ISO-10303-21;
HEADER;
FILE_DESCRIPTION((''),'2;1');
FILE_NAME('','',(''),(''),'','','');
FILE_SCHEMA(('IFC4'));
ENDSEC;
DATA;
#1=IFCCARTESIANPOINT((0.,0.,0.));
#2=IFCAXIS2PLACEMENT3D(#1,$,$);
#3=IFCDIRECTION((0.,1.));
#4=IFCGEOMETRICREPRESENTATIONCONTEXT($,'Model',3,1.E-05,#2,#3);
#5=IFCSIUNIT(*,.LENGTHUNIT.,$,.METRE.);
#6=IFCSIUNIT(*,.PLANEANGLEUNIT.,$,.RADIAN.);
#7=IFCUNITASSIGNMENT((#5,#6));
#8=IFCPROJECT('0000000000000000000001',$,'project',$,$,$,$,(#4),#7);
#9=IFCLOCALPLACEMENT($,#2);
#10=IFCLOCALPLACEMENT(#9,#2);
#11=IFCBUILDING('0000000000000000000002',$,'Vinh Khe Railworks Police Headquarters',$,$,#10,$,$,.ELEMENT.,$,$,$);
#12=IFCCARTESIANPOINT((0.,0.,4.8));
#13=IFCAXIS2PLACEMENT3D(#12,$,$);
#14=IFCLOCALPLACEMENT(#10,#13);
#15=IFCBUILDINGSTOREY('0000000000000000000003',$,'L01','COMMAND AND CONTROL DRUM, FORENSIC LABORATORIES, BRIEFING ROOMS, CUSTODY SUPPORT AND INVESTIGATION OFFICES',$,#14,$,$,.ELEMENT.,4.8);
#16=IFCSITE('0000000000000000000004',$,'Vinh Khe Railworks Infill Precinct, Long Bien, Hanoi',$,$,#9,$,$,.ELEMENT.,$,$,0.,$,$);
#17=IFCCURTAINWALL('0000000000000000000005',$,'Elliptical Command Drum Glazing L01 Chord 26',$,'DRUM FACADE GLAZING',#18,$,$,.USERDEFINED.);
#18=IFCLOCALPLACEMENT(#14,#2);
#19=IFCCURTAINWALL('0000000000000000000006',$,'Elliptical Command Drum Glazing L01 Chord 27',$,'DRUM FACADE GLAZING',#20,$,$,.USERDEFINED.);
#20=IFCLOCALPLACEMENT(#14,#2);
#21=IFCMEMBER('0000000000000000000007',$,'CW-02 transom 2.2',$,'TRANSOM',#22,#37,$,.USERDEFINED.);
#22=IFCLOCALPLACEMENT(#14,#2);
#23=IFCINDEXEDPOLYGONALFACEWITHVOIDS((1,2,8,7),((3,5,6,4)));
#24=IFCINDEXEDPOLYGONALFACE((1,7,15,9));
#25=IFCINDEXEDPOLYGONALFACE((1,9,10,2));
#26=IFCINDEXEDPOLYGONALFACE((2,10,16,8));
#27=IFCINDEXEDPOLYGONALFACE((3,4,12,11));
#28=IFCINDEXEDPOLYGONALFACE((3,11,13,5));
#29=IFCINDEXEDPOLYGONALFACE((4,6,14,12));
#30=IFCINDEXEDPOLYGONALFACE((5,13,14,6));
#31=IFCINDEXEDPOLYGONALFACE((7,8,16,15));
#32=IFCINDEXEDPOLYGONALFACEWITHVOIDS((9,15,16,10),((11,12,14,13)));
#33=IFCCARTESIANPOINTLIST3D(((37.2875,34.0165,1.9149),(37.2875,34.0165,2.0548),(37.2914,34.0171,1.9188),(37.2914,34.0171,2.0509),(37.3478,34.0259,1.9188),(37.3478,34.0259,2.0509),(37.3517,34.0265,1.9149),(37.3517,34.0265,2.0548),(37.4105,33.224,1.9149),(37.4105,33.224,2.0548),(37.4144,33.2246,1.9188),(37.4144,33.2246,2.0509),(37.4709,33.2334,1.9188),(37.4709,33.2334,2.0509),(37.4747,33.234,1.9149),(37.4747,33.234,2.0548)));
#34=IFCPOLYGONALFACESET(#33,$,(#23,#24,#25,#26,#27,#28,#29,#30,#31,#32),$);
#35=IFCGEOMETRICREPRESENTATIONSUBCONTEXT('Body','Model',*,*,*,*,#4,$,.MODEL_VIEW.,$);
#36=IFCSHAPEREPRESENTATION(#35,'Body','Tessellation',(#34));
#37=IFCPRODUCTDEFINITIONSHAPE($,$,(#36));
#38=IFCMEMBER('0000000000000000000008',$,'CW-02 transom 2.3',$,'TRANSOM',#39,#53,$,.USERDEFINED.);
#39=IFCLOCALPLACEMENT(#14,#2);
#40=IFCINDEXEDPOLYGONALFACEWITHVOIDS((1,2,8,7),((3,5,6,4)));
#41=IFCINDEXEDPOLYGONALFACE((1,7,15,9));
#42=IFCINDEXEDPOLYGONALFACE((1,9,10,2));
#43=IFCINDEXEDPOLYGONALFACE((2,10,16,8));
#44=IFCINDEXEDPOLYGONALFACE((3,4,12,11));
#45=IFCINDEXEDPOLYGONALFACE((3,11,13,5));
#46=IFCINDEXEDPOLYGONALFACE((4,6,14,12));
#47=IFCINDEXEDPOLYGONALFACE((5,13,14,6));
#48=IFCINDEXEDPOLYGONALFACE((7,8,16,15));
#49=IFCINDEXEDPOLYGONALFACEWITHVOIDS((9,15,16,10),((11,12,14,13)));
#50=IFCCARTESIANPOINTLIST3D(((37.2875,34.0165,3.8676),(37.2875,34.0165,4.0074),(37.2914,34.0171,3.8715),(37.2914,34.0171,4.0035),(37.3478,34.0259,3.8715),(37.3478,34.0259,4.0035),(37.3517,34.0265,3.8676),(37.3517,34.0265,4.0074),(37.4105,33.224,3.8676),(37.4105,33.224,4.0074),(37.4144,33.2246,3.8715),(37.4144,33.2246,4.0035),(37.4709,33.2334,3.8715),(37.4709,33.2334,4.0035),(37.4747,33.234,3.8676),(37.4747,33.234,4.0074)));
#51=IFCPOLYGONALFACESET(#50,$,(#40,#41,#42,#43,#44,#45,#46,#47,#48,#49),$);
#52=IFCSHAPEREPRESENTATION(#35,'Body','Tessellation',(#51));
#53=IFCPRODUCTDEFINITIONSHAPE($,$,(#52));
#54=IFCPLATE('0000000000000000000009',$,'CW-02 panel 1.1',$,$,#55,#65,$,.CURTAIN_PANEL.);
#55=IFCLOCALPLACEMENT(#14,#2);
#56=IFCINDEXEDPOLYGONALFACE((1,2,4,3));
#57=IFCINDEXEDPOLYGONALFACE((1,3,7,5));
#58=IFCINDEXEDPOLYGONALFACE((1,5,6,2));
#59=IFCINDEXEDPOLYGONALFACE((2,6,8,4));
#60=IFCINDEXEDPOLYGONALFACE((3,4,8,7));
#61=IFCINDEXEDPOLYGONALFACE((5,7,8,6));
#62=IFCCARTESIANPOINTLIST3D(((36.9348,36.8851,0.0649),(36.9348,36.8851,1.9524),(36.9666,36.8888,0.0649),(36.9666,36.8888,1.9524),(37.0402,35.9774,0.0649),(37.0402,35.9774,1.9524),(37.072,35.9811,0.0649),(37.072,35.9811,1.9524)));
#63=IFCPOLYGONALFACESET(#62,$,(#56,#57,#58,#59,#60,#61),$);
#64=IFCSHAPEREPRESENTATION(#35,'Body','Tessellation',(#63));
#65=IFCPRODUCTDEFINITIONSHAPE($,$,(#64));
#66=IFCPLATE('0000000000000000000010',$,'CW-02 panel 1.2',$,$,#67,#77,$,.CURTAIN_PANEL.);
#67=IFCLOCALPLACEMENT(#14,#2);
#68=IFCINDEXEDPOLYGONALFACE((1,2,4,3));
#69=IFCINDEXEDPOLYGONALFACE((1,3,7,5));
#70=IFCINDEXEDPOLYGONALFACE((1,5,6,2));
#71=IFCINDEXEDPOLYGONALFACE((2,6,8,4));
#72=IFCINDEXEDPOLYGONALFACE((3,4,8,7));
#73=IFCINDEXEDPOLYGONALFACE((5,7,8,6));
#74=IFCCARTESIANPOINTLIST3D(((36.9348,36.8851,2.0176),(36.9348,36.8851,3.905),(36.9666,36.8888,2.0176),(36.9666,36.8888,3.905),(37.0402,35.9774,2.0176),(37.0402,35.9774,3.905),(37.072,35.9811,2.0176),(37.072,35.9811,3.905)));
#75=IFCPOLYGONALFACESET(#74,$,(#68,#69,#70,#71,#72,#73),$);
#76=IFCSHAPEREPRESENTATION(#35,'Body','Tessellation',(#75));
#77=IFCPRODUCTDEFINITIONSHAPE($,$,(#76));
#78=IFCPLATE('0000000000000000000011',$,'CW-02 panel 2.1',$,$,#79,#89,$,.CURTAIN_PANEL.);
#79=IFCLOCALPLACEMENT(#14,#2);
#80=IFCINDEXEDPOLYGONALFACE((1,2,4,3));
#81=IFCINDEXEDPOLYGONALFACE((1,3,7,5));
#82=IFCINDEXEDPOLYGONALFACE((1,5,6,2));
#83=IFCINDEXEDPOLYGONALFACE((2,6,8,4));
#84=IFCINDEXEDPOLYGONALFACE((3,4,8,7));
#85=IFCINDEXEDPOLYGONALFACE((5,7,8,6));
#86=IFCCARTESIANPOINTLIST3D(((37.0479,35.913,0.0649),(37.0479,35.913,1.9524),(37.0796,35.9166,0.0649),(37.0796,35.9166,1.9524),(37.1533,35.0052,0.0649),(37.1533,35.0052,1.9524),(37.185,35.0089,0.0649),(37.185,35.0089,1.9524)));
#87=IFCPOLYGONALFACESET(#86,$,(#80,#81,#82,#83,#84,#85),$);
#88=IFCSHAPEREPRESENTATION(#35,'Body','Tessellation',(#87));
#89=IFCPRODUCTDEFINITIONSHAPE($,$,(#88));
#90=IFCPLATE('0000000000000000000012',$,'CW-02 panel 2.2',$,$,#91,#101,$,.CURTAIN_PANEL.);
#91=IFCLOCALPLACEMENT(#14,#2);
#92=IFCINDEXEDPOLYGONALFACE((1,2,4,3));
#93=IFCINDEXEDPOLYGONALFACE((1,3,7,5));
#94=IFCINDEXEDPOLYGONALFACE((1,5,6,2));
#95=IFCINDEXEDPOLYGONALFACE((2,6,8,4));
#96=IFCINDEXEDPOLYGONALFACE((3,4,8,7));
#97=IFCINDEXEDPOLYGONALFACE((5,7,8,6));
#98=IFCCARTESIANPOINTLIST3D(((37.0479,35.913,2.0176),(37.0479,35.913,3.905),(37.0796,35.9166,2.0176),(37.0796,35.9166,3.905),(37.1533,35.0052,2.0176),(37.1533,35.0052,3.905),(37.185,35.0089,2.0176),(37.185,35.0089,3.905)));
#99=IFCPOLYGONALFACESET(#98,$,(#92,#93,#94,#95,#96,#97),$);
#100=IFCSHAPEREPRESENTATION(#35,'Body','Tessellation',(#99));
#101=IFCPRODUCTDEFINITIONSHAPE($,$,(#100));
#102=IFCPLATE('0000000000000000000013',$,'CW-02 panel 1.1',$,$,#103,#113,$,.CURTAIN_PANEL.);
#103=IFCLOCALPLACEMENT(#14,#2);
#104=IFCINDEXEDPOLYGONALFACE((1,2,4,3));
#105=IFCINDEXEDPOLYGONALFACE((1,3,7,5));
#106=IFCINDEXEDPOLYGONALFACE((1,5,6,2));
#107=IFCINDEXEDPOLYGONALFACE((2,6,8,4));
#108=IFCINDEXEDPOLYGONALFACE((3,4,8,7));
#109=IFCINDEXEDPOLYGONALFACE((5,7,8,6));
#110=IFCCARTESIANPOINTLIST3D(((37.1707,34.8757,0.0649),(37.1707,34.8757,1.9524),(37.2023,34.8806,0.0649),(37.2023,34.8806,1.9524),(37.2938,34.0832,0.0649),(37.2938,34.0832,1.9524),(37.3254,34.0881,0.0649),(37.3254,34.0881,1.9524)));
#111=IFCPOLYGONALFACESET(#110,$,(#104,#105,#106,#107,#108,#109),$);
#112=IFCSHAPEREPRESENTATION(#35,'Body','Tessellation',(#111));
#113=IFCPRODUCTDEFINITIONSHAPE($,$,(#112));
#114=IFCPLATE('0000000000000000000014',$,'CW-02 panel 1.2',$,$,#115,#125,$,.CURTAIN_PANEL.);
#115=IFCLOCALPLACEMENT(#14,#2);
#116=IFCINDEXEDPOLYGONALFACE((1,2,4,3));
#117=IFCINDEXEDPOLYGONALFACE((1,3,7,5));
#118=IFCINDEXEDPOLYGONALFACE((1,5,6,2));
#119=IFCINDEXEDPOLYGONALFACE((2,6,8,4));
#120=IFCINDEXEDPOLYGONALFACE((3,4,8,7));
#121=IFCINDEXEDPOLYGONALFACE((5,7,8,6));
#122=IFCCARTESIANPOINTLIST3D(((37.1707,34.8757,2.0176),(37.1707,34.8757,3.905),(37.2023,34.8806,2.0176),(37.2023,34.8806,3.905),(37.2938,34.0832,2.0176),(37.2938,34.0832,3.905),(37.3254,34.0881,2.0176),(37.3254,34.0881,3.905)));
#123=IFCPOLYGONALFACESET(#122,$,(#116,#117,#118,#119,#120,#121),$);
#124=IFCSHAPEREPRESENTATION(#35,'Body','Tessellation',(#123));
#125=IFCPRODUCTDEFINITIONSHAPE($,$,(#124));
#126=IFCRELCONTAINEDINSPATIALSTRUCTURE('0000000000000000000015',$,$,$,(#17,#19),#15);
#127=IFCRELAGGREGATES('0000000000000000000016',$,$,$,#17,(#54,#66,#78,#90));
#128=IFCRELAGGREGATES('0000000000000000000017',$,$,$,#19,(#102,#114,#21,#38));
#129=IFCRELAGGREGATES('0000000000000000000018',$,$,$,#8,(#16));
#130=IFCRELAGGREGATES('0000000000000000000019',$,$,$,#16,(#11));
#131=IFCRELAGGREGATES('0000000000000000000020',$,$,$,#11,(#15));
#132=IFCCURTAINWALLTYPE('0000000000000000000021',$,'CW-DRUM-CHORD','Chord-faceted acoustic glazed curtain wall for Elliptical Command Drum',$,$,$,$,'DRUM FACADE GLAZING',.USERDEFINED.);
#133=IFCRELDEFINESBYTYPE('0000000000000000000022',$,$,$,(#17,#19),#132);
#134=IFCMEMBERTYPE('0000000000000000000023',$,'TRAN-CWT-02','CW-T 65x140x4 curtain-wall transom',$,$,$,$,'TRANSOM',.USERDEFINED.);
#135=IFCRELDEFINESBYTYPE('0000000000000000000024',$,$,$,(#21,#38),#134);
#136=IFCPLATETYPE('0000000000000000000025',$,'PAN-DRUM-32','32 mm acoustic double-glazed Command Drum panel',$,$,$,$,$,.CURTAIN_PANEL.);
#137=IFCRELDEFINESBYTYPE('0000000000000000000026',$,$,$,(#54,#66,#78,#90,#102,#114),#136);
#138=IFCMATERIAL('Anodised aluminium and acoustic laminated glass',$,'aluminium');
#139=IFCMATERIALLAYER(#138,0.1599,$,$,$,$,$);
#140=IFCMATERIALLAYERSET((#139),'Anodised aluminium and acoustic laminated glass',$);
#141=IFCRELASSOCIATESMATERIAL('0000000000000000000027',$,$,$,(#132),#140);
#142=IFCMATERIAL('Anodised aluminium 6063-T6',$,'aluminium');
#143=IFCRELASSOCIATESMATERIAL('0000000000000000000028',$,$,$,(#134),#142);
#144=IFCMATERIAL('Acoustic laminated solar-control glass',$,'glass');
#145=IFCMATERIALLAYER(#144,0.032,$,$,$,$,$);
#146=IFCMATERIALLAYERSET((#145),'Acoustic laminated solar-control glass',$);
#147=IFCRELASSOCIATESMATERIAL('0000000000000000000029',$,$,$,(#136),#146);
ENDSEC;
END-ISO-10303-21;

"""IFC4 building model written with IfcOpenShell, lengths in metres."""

from ifc_helpers import new_model, si_unit, direction, frame, origin, origin_2d, place, context, subcontext, project, spatial, rectangle, hollow_rectangle, extrude, material, layer, layer_set, material_profile, profile_set, type_object, element, aggregate, save


model = new_model("IFC4")

# Units and contexts
model_context = context("Model", 3, precision=1e-05, world=origin(), true_north=direction((0.0, 1.0)))
body_context = subcontext(model_context, "Body", "Model", "MODEL_VIEW")
ifc_project = project(units=[si_unit("LENGTHUNIT", "METRE"), si_unit("PLANEANGLEUNIT", "RADIAN")], contexts=[model_context])

# Site, building, storey
site_placement = place(None, origin())
site = spatial("IfcSite", under=ifc_project, at=site_placement, Name="Vinh Khe Railworks Infill Precinct, Long Bien, Hanoi", CompositionType="ELEMENT", RefElevation=0.0)
building_placement = place(site_placement, origin())
building = spatial("IfcBuilding", under=site, at=building_placement, Name="Vinh Khe Railworks Police Headquarters", CompositionType="ELEMENT")
storey_placement = place(building_placement, frame((0.0, 0.0, 4.8)))
storey = spatial("IfcBuildingStorey", under=building, at=storey_placement, Name="L01", Description="COMMAND AND CONTROL DRUM, FORENSIC LABORATORIES, BRIEFING ROOMS, CUSTODY SUPPORT AND INVESTIGATION OFFICES", CompositionType="ELEMENT", Elevation=4.8)

# Curtain walls
ifc_material_1 = material(Name="Anodised aluminium and acoustic laminated glass", Category="aluminium")
ifc_layer_1 = layer(ifc_material_1, 0.1599)
ifc_layer_set_1 = layer_set([ifc_layer_1], Name="Anodised aluminium and acoustic laminated glass")
curtain_wall_type = type_object("IfcCurtainWallType", Name="CW-DRUM-CHORD", Description="Chord-faceted acoustic glazed curtain wall for Elliptical Command Drum", ElementType="DRUM FACADE GLAZING", PredefinedType="USERDEFINED", material=ifc_layer_set_1)
curtain_wall_1_placement = place(storey_placement, origin())
curtain_wall_1 = element("IfcCurtainWall", 1, at=curtain_wall_1_placement, inside=storey, type_object=curtain_wall_type, Name="Elliptical Command Drum Glazing L01 Chord 26", ObjectType="DRUM FACADE GLAZING", PredefinedType="USERDEFINED")
ifc_material_2 = material(Name="Anodised aluminium 6063-T6", Category="aluminium")
curtain_wall_2_placement = place(storey_placement, origin())
curtain_wall_2 = element("IfcCurtainWall", 2, at=curtain_wall_2_placement, inside=storey, type_object=curtain_wall_type, Name="Elliptical Command Drum Glazing L01 Chord 27", ObjectType="DRUM FACADE GLAZING", PredefinedType="USERDEFINED")

# Members
ifc_material_profile_1 = material_profile(ifc_material_2, hollow_rectangle(XDim=0.0649, YDim=0.1399, WallThickness=0.0039, at=origin_2d()), Name="CW-T 65x140x4")
ifc_profile_set_1 = profile_set([ifc_material_profile_1], Name="Anodised aluminium 6063-T6")
member_type_1 = type_object("IfcMemberType", Name="TRAN-CWT-02", Description="CW-T 65x140x4 curtain-wall transom", ElementType="TRANSOM", PredefinedType="USERDEFINED", material=ifc_profile_set_1)
member_1_placement = place(storey_placement, frame((37.3196, 34.0215, 1.9849), z_axis=(0.15343, -0.98816, 0.0), x_axis=(0.98816, 0.15343, 0.0)))
member_1 = element("IfcMember", 3, at=member_1_placement, type_object=member_type_1, Name="CW-02 transom 2.2", ObjectType="TRANSOM", PredefinedType="USERDEFINED", context=body_context, shape_type="SweptSolid", body=[
    extrude(hollow_rectangle(XDim=0.0649, YDim=0.1399, WallThickness=0.0039, at=origin_2d()), origin(), (0.0, 0.0, 1.0), 0.802),
])
member_2_placement = place(storey_placement, frame((37.3196, 34.0215, 3.9375), z_axis=(0.15343, -0.98816, 0.0), x_axis=(0.98816, 0.15343, 0.0)))
member_2 = element("IfcMember", 4, at=member_2_placement, type_object=member_type_1, Name="CW-02 transom 2.3", ObjectType="TRANSOM", PredefinedType="USERDEFINED", context=body_context, shape_type="SweptSolid", body=[
    extrude(hollow_rectangle(XDim=0.0649, YDim=0.1399, WallThickness=0.0039, at=origin_2d()), origin(), (0.0, 0.0, 1.0), 0.802),
])

# Plates
ifc_material_3 = material(Name="Acoustic laminated solar-control glass", Category="glass")
ifc_layer_2 = layer(ifc_material_3, 0.032)
ifc_layer_set_2 = layer_set([ifc_layer_2], Name="Acoustic laminated solar-control glass")
plate_type = type_object("IfcPlateType", Name="PAN-DRUM-32", Description="32 mm acoustic double-glazed Command Drum panel", PredefinedType="CURTAIN_PANEL", material=ifc_layer_set_2)
plate_1_placement = place(storey_placement, frame((37.0034, 36.4331, 0.0649), z_axis=(0.0, 0.0, 1.0), x_axis=(0.115318, -0.993329, 0.0)))
plate_1 = element("IfcPlate", 5, at=plate_1_placement, type_object=plate_type, Name="CW-02 panel 1.1", PredefinedType="CURTAIN_PANEL", context=body_context, shape_type="SweptSolid", body=[
    extrude(rectangle(XDim=0.9138, YDim=0.032, at=origin_2d()), origin(), (0.0, 0.0, 1.0), 1.8875),
])
plate_2_placement = place(storey_placement, frame((37.0034, 36.4331, 2.0176), z_axis=(0.0, 0.0, 1.0), x_axis=(0.115318, -0.993329, 0.0)))
plate_2 = element("IfcPlate", 6, at=plate_2_placement, type_object=plate_type, Name="CW-02 panel 1.2", PredefinedType="CURTAIN_PANEL", context=body_context, shape_type="SweptSolid", body=[
    extrude(rectangle(XDim=0.9138, YDim=0.032, at=origin_2d()), origin(), (0.0, 0.0, 1.0), 1.8875),
])
plate_3_placement = place(storey_placement, frame((37.1165, 35.4609, 0.0649), z_axis=(0.0, 0.0, 1.0), x_axis=(0.115318, -0.993329, 0.0)))
plate_3 = element("IfcPlate", 7, at=plate_3_placement, type_object=plate_type, Name="CW-02 panel 2.1", PredefinedType="CURTAIN_PANEL", context=body_context, shape_type="SweptSolid", body=[
    extrude(rectangle(XDim=0.9138, YDim=0.032, at=origin_2d()), origin(), (0.0, 0.0, 1.0), 1.8875),
])
plate_4_placement = place(storey_placement, frame((37.1165, 35.4609, 2.0176), z_axis=(0.0, 0.0, 1.0), x_axis=(0.115318, -0.993329, 0.0)))
plate_4 = element("IfcPlate", 8, at=plate_4_placement, type_object=plate_type, Name="CW-02 panel 2.2", PredefinedType="CURTAIN_PANEL", context=body_context, shape_type="SweptSolid", body=[
    extrude(rectangle(XDim=0.9138, YDim=0.032, at=origin_2d()), origin(), (0.0, 0.0, 1.0), 1.8875),
])
aggregate(curtain_wall_1, [plate_1, plate_2, plate_3, plate_4])
plate_5_placement = place(storey_placement, frame((37.248, 34.4819, 0.0649), z_axis=(0.0, 0.0, 1.0), x_axis=(0.15349, -0.98815, 0.0)))
plate_5 = element("IfcPlate", 9, at=plate_5_placement, type_object=plate_type, Name="CW-02 panel 1.1", PredefinedType="CURTAIN_PANEL", context=body_context, shape_type="SweptSolid", body=[
    extrude(rectangle(XDim=0.802, YDim=0.032, at=origin_2d()), origin(), (0.0, 0.0, 1.0), 1.8875),
])
plate_6_placement = place(storey_placement, frame((37.248, 34.4819, 2.0176), z_axis=(0.0, 0.0, 1.0), x_axis=(0.15349, -0.98815, 0.0)))
plate_6 = element("IfcPlate", 10, at=plate_6_placement, type_object=plate_type, Name="CW-02 panel 1.2", PredefinedType="CURTAIN_PANEL", context=body_context, shape_type="SweptSolid", body=[
    extrude(rectangle(XDim=0.802, YDim=0.032, at=origin_2d()), origin(), (0.0, 0.0, 1.0), 1.8875),
])
aggregate(curtain_wall_2, [plate_5, plate_6, member_1, member_2])

save(model, "model.ifc")
